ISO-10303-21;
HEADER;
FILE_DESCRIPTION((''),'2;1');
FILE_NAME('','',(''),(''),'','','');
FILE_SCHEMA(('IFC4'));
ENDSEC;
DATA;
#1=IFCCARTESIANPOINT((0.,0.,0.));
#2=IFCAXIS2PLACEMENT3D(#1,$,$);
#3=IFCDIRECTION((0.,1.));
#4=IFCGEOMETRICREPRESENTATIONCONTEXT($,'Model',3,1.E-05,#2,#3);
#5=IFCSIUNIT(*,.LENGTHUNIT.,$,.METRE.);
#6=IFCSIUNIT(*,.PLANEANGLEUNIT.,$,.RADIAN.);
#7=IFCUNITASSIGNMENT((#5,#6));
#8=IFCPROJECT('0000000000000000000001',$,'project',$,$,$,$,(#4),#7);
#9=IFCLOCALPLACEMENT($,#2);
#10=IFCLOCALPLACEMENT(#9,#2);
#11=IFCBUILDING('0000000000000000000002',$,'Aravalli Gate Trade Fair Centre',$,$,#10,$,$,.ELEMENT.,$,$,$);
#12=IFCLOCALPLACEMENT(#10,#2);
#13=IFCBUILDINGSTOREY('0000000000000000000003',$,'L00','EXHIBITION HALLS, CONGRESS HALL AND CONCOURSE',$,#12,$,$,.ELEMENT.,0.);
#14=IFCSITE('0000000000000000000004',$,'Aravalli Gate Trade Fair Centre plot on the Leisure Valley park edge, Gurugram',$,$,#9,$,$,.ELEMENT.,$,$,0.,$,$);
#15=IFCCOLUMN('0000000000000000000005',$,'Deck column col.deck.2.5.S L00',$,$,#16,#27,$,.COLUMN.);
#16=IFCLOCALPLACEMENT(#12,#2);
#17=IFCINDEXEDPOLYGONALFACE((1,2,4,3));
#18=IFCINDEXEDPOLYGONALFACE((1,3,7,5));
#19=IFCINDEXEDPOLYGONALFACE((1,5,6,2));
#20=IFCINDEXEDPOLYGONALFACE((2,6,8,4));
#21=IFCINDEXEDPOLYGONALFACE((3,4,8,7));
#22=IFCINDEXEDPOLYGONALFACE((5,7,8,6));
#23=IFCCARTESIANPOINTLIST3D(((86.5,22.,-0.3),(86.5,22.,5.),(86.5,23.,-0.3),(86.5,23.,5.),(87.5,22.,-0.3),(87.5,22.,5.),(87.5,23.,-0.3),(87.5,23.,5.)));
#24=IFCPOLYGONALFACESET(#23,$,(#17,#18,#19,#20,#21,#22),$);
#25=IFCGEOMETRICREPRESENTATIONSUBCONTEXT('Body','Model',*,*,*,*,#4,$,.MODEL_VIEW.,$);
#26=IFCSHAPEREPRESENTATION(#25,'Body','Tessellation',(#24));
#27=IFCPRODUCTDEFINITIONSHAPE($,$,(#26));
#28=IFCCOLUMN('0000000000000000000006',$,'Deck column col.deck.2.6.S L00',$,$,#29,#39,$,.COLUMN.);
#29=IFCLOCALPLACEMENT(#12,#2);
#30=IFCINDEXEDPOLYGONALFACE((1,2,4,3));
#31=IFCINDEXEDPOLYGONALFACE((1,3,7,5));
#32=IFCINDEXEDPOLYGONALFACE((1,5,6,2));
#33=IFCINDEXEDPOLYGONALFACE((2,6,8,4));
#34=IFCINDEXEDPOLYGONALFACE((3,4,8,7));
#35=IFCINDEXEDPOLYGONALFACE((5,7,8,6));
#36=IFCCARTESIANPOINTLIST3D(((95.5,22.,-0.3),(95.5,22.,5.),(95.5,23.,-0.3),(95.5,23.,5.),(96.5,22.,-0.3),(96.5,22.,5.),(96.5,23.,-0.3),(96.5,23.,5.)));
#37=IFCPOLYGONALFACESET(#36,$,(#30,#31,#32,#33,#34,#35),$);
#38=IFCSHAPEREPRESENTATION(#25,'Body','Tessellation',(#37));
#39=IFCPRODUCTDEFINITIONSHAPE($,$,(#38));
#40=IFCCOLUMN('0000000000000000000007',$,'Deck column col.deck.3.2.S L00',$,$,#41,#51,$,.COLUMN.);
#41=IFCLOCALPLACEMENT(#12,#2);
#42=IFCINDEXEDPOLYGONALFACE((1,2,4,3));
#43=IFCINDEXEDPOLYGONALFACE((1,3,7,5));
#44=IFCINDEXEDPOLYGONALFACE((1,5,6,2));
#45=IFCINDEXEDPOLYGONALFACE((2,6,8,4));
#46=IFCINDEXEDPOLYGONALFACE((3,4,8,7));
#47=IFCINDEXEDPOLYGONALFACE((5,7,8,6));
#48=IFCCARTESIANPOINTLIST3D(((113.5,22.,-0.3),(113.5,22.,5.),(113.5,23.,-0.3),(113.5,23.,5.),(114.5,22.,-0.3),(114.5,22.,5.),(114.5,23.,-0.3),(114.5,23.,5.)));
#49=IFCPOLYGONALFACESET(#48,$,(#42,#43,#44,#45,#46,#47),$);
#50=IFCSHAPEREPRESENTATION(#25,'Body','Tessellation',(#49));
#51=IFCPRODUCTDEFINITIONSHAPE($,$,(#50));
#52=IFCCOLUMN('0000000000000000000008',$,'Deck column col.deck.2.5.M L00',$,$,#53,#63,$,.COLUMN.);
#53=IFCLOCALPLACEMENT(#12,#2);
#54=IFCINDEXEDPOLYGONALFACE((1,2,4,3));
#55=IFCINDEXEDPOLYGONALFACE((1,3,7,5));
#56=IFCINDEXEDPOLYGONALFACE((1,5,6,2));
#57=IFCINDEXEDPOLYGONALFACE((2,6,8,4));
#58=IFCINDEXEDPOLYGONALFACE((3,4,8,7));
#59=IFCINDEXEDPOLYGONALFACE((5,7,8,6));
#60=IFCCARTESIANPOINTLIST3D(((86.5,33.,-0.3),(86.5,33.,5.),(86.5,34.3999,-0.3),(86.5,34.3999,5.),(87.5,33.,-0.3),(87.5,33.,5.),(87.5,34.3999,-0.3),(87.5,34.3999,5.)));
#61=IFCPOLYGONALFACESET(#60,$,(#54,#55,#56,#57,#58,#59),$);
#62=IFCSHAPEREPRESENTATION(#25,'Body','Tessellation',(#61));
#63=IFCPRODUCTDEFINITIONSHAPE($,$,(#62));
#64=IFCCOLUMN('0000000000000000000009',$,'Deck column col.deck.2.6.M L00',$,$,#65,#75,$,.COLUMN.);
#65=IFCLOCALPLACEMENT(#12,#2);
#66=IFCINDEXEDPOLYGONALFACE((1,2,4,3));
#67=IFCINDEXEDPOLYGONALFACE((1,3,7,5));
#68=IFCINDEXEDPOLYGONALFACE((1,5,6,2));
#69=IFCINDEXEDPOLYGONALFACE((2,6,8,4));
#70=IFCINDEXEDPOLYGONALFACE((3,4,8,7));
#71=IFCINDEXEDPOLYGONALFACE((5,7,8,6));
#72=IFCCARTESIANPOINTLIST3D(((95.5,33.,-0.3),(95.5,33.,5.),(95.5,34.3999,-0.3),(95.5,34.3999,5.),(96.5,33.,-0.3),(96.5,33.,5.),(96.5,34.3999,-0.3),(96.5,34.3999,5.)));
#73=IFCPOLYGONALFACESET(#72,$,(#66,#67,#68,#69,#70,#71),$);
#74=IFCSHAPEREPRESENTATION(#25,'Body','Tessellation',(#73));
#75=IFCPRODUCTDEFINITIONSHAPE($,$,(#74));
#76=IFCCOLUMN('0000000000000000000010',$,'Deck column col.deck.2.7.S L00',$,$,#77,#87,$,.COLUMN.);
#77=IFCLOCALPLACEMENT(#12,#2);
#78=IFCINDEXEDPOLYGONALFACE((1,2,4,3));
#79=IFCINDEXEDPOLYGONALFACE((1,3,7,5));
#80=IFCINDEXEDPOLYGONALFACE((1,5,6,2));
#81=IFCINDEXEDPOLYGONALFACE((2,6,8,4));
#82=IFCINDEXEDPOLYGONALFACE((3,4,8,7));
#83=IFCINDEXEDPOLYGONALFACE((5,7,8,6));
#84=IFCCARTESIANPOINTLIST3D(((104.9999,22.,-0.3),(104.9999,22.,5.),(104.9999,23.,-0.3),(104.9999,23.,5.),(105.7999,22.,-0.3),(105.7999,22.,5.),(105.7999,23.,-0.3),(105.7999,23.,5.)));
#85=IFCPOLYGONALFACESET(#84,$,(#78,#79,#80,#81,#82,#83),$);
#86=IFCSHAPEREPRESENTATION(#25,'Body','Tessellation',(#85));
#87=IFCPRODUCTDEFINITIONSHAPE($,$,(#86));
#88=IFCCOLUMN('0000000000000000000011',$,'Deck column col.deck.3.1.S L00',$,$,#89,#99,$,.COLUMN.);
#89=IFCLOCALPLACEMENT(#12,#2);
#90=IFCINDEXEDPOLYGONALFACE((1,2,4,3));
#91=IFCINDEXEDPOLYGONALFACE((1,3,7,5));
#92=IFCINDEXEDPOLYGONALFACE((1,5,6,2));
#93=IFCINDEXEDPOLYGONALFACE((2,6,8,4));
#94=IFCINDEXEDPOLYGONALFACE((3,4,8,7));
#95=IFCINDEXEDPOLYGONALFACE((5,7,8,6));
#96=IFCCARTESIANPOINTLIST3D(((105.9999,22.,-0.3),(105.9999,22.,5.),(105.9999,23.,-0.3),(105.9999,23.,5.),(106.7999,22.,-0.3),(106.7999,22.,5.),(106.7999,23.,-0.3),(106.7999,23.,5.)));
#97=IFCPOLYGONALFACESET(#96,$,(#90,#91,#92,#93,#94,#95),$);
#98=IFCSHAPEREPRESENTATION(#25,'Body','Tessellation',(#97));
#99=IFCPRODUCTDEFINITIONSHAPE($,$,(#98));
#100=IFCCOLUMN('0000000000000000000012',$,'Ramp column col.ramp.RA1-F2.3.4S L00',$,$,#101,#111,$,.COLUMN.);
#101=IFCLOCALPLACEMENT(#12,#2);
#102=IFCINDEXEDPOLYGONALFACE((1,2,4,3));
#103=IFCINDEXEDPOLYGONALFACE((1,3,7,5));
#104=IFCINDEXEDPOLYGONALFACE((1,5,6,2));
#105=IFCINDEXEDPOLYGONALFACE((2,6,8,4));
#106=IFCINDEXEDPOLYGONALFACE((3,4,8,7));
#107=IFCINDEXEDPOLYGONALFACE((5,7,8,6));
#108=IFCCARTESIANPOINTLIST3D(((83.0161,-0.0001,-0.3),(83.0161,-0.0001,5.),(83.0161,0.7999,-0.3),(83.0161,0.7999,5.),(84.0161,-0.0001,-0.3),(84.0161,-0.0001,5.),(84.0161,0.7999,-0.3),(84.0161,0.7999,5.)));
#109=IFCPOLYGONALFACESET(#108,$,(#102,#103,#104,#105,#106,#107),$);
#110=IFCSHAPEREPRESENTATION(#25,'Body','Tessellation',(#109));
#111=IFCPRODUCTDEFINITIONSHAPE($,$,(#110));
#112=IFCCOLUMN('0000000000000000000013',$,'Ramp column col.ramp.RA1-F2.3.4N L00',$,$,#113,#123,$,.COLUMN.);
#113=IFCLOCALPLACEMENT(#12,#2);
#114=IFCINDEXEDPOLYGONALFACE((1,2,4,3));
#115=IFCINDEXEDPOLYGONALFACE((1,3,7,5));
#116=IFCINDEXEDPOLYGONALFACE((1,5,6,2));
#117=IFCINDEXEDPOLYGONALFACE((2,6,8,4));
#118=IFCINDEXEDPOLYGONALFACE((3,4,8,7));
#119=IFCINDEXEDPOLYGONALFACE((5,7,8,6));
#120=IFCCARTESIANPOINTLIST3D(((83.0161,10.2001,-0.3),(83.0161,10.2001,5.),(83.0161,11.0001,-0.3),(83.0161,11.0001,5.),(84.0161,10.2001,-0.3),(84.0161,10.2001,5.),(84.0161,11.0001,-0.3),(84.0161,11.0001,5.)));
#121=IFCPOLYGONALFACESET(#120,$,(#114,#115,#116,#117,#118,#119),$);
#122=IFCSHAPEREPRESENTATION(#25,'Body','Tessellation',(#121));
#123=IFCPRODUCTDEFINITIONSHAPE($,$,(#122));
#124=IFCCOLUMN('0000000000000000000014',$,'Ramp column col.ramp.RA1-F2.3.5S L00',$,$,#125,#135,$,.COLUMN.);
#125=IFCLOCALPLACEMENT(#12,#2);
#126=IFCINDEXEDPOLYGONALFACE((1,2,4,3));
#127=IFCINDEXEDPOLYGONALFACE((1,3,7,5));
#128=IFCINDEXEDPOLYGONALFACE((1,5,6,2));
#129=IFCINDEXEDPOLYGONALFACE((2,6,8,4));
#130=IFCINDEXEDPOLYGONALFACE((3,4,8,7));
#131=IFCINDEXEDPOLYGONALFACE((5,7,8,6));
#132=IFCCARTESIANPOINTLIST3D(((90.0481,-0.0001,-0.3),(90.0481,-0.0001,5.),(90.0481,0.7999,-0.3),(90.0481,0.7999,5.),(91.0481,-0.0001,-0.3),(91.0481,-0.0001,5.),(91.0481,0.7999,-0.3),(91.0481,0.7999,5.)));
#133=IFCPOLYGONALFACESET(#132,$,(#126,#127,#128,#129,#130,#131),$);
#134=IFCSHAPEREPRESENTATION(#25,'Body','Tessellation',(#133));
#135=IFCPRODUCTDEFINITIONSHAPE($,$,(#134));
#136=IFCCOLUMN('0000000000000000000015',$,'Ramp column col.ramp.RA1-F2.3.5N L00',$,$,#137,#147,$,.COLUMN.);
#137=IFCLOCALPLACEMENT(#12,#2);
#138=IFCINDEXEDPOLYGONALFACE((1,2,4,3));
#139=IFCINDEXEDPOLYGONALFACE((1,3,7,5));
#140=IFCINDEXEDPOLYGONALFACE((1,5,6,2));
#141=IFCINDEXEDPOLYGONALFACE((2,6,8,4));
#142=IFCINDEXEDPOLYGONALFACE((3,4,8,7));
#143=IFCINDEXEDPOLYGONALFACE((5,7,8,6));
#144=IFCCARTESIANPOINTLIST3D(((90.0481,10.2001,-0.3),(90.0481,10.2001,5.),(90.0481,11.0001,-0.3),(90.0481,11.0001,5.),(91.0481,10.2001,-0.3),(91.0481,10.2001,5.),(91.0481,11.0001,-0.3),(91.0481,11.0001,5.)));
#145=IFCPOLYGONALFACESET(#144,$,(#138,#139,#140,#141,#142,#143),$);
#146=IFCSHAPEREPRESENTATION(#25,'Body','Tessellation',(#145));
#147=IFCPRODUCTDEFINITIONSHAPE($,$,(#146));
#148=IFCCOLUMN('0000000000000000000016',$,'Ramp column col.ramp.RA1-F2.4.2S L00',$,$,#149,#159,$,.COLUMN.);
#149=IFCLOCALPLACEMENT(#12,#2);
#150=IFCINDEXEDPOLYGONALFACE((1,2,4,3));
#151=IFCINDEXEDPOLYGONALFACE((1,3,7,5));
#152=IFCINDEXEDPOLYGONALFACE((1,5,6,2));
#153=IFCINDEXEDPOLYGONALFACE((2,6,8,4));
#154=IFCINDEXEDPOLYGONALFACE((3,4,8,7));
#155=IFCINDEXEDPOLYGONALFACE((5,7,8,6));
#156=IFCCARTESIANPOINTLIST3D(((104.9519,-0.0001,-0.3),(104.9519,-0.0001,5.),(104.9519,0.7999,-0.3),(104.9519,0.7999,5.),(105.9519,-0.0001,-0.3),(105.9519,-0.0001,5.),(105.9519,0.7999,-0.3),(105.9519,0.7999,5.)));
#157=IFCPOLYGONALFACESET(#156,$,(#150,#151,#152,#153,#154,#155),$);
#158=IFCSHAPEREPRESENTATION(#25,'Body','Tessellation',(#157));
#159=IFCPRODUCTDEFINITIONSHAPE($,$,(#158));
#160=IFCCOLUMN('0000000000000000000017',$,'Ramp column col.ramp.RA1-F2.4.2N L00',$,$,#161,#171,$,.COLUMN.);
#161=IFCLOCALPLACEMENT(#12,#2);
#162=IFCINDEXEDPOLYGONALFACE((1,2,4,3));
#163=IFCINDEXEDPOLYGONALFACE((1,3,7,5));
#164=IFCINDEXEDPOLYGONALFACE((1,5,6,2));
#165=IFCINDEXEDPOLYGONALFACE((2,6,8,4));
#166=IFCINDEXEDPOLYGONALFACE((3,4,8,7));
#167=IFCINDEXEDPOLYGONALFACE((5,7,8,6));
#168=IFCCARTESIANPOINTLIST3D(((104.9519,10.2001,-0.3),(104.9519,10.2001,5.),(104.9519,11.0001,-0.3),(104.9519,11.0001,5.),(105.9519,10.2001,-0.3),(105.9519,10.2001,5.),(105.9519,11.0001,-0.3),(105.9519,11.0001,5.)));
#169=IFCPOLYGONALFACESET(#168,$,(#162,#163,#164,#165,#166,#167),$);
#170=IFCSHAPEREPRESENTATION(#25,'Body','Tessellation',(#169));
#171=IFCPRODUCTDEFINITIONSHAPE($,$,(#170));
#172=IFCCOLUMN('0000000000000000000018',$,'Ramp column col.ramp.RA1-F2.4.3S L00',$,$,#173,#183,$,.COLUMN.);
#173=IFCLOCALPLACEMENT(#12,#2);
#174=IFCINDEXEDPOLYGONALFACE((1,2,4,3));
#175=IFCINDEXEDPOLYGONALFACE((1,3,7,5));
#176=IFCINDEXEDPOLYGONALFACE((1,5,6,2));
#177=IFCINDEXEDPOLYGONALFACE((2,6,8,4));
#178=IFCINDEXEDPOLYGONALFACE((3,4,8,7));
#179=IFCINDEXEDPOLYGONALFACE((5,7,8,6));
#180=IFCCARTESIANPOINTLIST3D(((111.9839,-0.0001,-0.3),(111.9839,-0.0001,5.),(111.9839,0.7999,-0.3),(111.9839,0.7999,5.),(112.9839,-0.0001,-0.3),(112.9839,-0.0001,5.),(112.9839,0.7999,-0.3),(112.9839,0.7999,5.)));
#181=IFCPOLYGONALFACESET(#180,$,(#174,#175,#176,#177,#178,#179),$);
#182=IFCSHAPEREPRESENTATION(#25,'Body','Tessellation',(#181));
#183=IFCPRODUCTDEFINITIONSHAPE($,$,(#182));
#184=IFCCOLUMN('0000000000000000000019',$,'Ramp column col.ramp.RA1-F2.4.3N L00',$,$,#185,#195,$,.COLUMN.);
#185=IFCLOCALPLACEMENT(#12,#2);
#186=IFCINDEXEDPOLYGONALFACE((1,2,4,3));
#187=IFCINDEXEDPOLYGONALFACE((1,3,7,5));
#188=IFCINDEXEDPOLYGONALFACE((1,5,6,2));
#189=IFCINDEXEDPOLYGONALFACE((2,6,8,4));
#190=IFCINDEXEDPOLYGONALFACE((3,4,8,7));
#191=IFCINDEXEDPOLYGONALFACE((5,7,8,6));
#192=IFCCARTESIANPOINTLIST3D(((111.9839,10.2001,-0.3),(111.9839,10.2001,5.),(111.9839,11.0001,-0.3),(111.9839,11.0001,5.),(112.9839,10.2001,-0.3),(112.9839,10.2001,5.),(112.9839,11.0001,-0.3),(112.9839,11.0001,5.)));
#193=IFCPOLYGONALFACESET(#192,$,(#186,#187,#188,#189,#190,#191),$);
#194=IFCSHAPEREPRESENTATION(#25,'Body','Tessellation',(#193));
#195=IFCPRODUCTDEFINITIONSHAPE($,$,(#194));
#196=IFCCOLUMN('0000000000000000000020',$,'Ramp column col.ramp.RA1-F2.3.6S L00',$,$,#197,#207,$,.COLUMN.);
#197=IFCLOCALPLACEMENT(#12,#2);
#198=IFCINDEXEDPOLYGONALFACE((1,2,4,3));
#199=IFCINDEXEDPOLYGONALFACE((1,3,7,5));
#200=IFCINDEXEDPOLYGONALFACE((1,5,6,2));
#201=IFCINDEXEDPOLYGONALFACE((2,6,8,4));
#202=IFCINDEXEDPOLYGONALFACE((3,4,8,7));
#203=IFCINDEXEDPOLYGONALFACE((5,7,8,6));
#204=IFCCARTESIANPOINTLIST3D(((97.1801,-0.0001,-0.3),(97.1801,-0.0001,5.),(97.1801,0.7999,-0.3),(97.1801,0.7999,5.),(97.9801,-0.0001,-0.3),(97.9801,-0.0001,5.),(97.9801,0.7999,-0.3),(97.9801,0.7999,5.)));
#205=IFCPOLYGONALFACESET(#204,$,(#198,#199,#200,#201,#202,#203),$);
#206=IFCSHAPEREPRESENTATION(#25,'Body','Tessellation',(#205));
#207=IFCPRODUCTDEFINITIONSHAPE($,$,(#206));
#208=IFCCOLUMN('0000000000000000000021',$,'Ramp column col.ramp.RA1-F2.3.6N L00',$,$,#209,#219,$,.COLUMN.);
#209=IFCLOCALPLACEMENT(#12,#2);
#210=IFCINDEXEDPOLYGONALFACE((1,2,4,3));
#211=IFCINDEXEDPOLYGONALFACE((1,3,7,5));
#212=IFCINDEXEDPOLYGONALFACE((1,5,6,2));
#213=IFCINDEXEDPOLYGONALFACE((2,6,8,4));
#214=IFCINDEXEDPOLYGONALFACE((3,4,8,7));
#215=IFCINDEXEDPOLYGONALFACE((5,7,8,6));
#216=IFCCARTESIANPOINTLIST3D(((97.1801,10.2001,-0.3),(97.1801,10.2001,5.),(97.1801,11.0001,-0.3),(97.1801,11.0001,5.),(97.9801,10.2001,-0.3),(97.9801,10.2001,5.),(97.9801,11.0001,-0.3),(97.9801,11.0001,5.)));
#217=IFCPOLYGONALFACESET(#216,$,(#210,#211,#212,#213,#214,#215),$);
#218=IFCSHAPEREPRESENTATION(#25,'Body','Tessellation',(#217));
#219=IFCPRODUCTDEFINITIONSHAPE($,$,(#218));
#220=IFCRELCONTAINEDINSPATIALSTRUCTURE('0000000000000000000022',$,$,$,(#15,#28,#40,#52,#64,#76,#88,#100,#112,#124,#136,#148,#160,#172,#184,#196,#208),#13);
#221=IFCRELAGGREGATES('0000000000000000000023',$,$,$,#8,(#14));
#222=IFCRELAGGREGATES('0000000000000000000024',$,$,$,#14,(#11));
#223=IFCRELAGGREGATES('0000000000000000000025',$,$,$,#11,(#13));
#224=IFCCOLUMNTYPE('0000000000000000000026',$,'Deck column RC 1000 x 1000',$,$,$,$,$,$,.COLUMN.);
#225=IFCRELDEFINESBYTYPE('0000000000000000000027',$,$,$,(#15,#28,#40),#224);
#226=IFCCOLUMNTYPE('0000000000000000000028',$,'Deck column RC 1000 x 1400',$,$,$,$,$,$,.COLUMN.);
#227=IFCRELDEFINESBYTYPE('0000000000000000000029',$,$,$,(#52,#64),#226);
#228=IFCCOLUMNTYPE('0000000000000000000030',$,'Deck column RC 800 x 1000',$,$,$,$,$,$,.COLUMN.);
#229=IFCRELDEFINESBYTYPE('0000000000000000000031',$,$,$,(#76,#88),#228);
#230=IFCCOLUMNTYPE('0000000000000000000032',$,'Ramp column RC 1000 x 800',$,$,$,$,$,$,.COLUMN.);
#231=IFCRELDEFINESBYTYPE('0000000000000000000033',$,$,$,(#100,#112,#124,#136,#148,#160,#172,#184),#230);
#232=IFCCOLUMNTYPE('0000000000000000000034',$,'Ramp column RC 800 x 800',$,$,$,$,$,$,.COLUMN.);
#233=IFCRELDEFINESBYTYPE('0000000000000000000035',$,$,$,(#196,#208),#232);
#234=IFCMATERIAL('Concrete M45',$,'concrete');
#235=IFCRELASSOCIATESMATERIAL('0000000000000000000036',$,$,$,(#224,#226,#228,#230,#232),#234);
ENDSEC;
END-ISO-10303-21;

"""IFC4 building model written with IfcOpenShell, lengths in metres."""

from ifc_helpers import new_model, si_unit, direction, frame, origin, origin_2d, place, context, subcontext, project, spatial, rectangle, extrude, material, material_profile, profile_set, type_object, element, save


model = new_model("IFC4")

# Units and contexts
model_context = context("Model", 3, precision=1e-05, world=origin(), true_north=direction((0.0, 1.0)))
body_context = subcontext(model_context, "Body", "Model", "MODEL_VIEW")
ifc_project = project(units=[si_unit("LENGTHUNIT", "METRE"), si_unit("PLANEANGLEUNIT", "RADIAN")], contexts=[model_context])

# Site, building, storey
site_placement = place(None, origin())
site = spatial("IfcSite", under=ifc_project, at=site_placement, Name="Aravalli Gate Trade Fair Centre plot on the Leisure Valley park edge, Gurugram", CompositionType="ELEMENT", RefElevation=0.0)
building_placement = place(site_placement, origin())
building = spatial("IfcBuilding", under=site, at=building_placement, Name="Aravalli Gate Trade Fair Centre", CompositionType="ELEMENT")
storey_placement = place(building_placement, origin())
storey = spatial("IfcBuildingStorey", under=building, at=storey_placement, Name="L00", Description="EXHIBITION HALLS, CONGRESS HALL AND CONCOURSE", CompositionType="ELEMENT", Elevation=0.0)

# Columns
ifc_material = material(Name="Concrete M45", Category="concrete")
ifc_material_profile_1 = material_profile(ifc_material, rectangle(XDim=1.0, YDim=1.0, at=origin_2d()), Name="Deck column RC 1000 x 1000")
ifc_profile_set_1 = profile_set([ifc_material_profile_1], Name="Concrete M45")
column_type_1 = type_object("IfcColumnType", Name="Deck column RC 1000 x 1000", PredefinedType="COLUMN", material=ifc_profile_set_1)
for number, where, z_axis, x_axis, name in (
    (1, (87.0, 22.5, -0.3), (0.0, 0.0, 1.0), (1.0, 0.0, 0.0), "Deck column col.deck.2.5.S L00"),
    (2, (96.0, 22.5, -0.3), (0.0, 0.0, 1.0), (1.0, 0.0, 0.0), "Deck column col.deck.2.6.S L00"),
    (3, (114.0, 22.5, -0.3), (0.0, 0.0, 1.0), (1.0, 0.0, 0.0), "Deck column col.deck.3.2.S L00"),
):
    element("IfcColumn", number, at=place(storey_placement, frame(where, z_axis=z_axis, x_axis=x_axis)), inside=storey, type_object=column_type_1, Name=name, PredefinedType="COLUMN", context=body_context, shape_type="SweptSolid", body=[
        extrude(rectangle(XDim=1.0, YDim=1.0, at=origin_2d()), origin(), (0.0, 0.0, 1.0), 5.3),
    ])
ifc_material_profile_2 = material_profile(ifc_material, rectangle(XDim=1.0, YDim=1.3999, at=origin_2d()), Name="Deck column RC 1000 x 1400")
ifc_profile_set_2 = profile_set([ifc_material_profile_2], Name="Concrete M45")
column_type_2 = type_object("IfcColumnType", Name="Deck column RC 1000 x 1400", PredefinedType="COLUMN", material=ifc_profile_set_2)
for number, where, z_axis, x_axis, name in (
    (4, (87.0, 33.7, -0.3), (0.0, 0.0, 1.0), (1.0, 0.0, 0.0), "Deck column col.deck.2.5.M L00"),
    (5, (96.0, 33.7, -0.3), (0.0, 0.0, 1.0), (1.0, 0.0, 0.0), "Deck column col.deck.2.6.M L00"),
):
    element("IfcColumn", number, at=place(storey_placement, frame(where, z_axis=z_axis, x_axis=x_axis)), inside=storey, type_object=column_type_2, Name=name, PredefinedType="COLUMN", context=body_context, shape_type="SweptSolid", body=[
        extrude(rectangle(XDim=1.0, YDim=1.3999, at=origin_2d()), origin(), (0.0, 0.0, 1.0), 5.3),
    ])
ifc_material_profile_3 = material_profile(ifc_material, rectangle(XDim=0.8, YDim=1.0, at=origin_2d()), Name="Deck column RC 800 x 1000")
ifc_profile_set_3 = profile_set([ifc_material_profile_3], Name="Concrete M45")
column_type_3 = type_object("IfcColumnType", Name="Deck column RC 800 x 1000", PredefinedType="COLUMN", material=ifc_profile_set_3)
for number, where, z_axis, x_axis, name in (
    (6, (105.3999, 22.5, -0.3), (0.0, 0.0, 1.0), (1.0, 0.0, 0.0), "Deck column col.deck.2.7.S L00"),
    (7, (106.3999, 22.5, -0.3), (0.0, 0.0, 1.0), (1.0, 0.0, 0.0), "Deck column col.deck.3.1.S L00"),
):
    element("IfcColumn", number, at=place(storey_placement, frame(where, z_axis=z_axis, x_axis=x_axis)), inside=storey, type_object=column_type_3, Name=name, PredefinedType="COLUMN", context=body_context, shape_type="SweptSolid", body=[
        extrude(rectangle(XDim=0.8, YDim=1.0, at=origin_2d()), origin(), (0.0, 0.0, 1.0), 5.3),
    ])
ifc_material_profile_4 = material_profile(ifc_material, rectangle(XDim=1.0, YDim=0.8, at=origin_2d()), Name="Ramp column RC 1000 x 800")
ifc_profile_set_4 = profile_set([ifc_material_profile_4], Name="Concrete M45")
column_type_4 = type_object("IfcColumnType", Name="Ramp column RC 1000 x 800", PredefinedType="COLUMN", material=ifc_profile_set_4)
for number, where, z_axis, x_axis, name in (
    (8, (83.5161, 0.3999, -0.3), (0.0, 0.0, 1.0), (1.0, 0.0, 0.0), "Ramp column col.ramp.RA1-F2.3.4S L00"),
    (9, (83.5161, 10.6001, -0.3), (0.0, 0.0, 1.0), (1.0, 0.0, 0.0), "Ramp column col.ramp.RA1-F2.3.4N L00"),
    (10, (90.5481, 0.3999, -0.3), (0.0, 0.0, 1.0), (1.0, 0.0, 0.0), "Ramp column col.ramp.RA1-F2.3.5S L00"),
    (11, (90.5481, 10.6001, -0.3), (0.0, 0.0, 1.0), (1.0, 0.0, 0.0), "Ramp column col.ramp.RA1-F2.3.5N L00"),
    (12, (105.4519, 0.3999, -0.3), (0.0, 0.0, 1.0), (1.0, 0.0, 0.0), "Ramp column col.ramp.RA1-F2.4.2S L00"),
    (13, (105.4519, 10.6001, -0.3), (0.0, 0.0, 1.0), (1.0, 0.0, 0.0), "Ramp column col.ramp.RA1-F2.4.2N L00"),
    (14, (112.4839, 0.3999, -0.3), (0.0, 0.0, 1.0), (1.0, 0.0, 0.0), "Ramp column col.ramp.RA1-F2.4.3S L00"),
    (15, (112.4839, 10.6001, -0.3), (0.0, 0.0, 1.0), (1.0, 0.0, 0.0), "Ramp column col.ramp.RA1-F2.4.3N L00"),
):
    element("IfcColumn", number, at=place(storey_placement, frame(where, z_axis=z_axis, x_axis=x_axis)), inside=storey, type_object=column_type_4, Name=name, PredefinedType="COLUMN", context=body_context, shape_type="SweptSolid", body=[
        extrude(rectangle(XDim=1.0, YDim=0.8, at=origin_2d()), origin(), (0.0, 0.0, 1.0), 5.3),
    ])
ifc_material_profile_5 = material_profile(ifc_material, rectangle(XDim=0.8, YDim=0.8, at=origin_2d()), Name="Ramp column RC 800 x 800")
ifc_profile_set_5 = profile_set([ifc_material_profile_5], Name="Concrete M45")
column_type_5 = type_object("IfcColumnType", Name="Ramp column RC 800 x 800", PredefinedType="COLUMN", material=ifc_profile_set_5)
for number, where, z_axis, x_axis, name in (
    (16, (97.5801, 0.3999, -0.3), (0.0, 0.0, 1.0), (1.0, 0.0, 0.0), "Ramp column col.ramp.RA1-F2.3.6S L00"),
    (17, (97.5801, 10.6001, -0.3), (0.0, 0.0, 1.0), (1.0, 0.0, 0.0), "Ramp column col.ramp.RA1-F2.3.6N L00"),
):
    element("IfcColumn", number, at=place(storey_placement, frame(where, z_axis=z_axis, x_axis=x_axis)), inside=storey, type_object=column_type_5, Name=name, PredefinedType="COLUMN", context=body_context, shape_type="SweptSolid", body=[
        extrude(rectangle(XDim=0.8, YDim=0.8, at=origin_2d()), origin(), (0.0, 0.0, 1.0), 5.3),
    ])

save(model, "model.ifc")
